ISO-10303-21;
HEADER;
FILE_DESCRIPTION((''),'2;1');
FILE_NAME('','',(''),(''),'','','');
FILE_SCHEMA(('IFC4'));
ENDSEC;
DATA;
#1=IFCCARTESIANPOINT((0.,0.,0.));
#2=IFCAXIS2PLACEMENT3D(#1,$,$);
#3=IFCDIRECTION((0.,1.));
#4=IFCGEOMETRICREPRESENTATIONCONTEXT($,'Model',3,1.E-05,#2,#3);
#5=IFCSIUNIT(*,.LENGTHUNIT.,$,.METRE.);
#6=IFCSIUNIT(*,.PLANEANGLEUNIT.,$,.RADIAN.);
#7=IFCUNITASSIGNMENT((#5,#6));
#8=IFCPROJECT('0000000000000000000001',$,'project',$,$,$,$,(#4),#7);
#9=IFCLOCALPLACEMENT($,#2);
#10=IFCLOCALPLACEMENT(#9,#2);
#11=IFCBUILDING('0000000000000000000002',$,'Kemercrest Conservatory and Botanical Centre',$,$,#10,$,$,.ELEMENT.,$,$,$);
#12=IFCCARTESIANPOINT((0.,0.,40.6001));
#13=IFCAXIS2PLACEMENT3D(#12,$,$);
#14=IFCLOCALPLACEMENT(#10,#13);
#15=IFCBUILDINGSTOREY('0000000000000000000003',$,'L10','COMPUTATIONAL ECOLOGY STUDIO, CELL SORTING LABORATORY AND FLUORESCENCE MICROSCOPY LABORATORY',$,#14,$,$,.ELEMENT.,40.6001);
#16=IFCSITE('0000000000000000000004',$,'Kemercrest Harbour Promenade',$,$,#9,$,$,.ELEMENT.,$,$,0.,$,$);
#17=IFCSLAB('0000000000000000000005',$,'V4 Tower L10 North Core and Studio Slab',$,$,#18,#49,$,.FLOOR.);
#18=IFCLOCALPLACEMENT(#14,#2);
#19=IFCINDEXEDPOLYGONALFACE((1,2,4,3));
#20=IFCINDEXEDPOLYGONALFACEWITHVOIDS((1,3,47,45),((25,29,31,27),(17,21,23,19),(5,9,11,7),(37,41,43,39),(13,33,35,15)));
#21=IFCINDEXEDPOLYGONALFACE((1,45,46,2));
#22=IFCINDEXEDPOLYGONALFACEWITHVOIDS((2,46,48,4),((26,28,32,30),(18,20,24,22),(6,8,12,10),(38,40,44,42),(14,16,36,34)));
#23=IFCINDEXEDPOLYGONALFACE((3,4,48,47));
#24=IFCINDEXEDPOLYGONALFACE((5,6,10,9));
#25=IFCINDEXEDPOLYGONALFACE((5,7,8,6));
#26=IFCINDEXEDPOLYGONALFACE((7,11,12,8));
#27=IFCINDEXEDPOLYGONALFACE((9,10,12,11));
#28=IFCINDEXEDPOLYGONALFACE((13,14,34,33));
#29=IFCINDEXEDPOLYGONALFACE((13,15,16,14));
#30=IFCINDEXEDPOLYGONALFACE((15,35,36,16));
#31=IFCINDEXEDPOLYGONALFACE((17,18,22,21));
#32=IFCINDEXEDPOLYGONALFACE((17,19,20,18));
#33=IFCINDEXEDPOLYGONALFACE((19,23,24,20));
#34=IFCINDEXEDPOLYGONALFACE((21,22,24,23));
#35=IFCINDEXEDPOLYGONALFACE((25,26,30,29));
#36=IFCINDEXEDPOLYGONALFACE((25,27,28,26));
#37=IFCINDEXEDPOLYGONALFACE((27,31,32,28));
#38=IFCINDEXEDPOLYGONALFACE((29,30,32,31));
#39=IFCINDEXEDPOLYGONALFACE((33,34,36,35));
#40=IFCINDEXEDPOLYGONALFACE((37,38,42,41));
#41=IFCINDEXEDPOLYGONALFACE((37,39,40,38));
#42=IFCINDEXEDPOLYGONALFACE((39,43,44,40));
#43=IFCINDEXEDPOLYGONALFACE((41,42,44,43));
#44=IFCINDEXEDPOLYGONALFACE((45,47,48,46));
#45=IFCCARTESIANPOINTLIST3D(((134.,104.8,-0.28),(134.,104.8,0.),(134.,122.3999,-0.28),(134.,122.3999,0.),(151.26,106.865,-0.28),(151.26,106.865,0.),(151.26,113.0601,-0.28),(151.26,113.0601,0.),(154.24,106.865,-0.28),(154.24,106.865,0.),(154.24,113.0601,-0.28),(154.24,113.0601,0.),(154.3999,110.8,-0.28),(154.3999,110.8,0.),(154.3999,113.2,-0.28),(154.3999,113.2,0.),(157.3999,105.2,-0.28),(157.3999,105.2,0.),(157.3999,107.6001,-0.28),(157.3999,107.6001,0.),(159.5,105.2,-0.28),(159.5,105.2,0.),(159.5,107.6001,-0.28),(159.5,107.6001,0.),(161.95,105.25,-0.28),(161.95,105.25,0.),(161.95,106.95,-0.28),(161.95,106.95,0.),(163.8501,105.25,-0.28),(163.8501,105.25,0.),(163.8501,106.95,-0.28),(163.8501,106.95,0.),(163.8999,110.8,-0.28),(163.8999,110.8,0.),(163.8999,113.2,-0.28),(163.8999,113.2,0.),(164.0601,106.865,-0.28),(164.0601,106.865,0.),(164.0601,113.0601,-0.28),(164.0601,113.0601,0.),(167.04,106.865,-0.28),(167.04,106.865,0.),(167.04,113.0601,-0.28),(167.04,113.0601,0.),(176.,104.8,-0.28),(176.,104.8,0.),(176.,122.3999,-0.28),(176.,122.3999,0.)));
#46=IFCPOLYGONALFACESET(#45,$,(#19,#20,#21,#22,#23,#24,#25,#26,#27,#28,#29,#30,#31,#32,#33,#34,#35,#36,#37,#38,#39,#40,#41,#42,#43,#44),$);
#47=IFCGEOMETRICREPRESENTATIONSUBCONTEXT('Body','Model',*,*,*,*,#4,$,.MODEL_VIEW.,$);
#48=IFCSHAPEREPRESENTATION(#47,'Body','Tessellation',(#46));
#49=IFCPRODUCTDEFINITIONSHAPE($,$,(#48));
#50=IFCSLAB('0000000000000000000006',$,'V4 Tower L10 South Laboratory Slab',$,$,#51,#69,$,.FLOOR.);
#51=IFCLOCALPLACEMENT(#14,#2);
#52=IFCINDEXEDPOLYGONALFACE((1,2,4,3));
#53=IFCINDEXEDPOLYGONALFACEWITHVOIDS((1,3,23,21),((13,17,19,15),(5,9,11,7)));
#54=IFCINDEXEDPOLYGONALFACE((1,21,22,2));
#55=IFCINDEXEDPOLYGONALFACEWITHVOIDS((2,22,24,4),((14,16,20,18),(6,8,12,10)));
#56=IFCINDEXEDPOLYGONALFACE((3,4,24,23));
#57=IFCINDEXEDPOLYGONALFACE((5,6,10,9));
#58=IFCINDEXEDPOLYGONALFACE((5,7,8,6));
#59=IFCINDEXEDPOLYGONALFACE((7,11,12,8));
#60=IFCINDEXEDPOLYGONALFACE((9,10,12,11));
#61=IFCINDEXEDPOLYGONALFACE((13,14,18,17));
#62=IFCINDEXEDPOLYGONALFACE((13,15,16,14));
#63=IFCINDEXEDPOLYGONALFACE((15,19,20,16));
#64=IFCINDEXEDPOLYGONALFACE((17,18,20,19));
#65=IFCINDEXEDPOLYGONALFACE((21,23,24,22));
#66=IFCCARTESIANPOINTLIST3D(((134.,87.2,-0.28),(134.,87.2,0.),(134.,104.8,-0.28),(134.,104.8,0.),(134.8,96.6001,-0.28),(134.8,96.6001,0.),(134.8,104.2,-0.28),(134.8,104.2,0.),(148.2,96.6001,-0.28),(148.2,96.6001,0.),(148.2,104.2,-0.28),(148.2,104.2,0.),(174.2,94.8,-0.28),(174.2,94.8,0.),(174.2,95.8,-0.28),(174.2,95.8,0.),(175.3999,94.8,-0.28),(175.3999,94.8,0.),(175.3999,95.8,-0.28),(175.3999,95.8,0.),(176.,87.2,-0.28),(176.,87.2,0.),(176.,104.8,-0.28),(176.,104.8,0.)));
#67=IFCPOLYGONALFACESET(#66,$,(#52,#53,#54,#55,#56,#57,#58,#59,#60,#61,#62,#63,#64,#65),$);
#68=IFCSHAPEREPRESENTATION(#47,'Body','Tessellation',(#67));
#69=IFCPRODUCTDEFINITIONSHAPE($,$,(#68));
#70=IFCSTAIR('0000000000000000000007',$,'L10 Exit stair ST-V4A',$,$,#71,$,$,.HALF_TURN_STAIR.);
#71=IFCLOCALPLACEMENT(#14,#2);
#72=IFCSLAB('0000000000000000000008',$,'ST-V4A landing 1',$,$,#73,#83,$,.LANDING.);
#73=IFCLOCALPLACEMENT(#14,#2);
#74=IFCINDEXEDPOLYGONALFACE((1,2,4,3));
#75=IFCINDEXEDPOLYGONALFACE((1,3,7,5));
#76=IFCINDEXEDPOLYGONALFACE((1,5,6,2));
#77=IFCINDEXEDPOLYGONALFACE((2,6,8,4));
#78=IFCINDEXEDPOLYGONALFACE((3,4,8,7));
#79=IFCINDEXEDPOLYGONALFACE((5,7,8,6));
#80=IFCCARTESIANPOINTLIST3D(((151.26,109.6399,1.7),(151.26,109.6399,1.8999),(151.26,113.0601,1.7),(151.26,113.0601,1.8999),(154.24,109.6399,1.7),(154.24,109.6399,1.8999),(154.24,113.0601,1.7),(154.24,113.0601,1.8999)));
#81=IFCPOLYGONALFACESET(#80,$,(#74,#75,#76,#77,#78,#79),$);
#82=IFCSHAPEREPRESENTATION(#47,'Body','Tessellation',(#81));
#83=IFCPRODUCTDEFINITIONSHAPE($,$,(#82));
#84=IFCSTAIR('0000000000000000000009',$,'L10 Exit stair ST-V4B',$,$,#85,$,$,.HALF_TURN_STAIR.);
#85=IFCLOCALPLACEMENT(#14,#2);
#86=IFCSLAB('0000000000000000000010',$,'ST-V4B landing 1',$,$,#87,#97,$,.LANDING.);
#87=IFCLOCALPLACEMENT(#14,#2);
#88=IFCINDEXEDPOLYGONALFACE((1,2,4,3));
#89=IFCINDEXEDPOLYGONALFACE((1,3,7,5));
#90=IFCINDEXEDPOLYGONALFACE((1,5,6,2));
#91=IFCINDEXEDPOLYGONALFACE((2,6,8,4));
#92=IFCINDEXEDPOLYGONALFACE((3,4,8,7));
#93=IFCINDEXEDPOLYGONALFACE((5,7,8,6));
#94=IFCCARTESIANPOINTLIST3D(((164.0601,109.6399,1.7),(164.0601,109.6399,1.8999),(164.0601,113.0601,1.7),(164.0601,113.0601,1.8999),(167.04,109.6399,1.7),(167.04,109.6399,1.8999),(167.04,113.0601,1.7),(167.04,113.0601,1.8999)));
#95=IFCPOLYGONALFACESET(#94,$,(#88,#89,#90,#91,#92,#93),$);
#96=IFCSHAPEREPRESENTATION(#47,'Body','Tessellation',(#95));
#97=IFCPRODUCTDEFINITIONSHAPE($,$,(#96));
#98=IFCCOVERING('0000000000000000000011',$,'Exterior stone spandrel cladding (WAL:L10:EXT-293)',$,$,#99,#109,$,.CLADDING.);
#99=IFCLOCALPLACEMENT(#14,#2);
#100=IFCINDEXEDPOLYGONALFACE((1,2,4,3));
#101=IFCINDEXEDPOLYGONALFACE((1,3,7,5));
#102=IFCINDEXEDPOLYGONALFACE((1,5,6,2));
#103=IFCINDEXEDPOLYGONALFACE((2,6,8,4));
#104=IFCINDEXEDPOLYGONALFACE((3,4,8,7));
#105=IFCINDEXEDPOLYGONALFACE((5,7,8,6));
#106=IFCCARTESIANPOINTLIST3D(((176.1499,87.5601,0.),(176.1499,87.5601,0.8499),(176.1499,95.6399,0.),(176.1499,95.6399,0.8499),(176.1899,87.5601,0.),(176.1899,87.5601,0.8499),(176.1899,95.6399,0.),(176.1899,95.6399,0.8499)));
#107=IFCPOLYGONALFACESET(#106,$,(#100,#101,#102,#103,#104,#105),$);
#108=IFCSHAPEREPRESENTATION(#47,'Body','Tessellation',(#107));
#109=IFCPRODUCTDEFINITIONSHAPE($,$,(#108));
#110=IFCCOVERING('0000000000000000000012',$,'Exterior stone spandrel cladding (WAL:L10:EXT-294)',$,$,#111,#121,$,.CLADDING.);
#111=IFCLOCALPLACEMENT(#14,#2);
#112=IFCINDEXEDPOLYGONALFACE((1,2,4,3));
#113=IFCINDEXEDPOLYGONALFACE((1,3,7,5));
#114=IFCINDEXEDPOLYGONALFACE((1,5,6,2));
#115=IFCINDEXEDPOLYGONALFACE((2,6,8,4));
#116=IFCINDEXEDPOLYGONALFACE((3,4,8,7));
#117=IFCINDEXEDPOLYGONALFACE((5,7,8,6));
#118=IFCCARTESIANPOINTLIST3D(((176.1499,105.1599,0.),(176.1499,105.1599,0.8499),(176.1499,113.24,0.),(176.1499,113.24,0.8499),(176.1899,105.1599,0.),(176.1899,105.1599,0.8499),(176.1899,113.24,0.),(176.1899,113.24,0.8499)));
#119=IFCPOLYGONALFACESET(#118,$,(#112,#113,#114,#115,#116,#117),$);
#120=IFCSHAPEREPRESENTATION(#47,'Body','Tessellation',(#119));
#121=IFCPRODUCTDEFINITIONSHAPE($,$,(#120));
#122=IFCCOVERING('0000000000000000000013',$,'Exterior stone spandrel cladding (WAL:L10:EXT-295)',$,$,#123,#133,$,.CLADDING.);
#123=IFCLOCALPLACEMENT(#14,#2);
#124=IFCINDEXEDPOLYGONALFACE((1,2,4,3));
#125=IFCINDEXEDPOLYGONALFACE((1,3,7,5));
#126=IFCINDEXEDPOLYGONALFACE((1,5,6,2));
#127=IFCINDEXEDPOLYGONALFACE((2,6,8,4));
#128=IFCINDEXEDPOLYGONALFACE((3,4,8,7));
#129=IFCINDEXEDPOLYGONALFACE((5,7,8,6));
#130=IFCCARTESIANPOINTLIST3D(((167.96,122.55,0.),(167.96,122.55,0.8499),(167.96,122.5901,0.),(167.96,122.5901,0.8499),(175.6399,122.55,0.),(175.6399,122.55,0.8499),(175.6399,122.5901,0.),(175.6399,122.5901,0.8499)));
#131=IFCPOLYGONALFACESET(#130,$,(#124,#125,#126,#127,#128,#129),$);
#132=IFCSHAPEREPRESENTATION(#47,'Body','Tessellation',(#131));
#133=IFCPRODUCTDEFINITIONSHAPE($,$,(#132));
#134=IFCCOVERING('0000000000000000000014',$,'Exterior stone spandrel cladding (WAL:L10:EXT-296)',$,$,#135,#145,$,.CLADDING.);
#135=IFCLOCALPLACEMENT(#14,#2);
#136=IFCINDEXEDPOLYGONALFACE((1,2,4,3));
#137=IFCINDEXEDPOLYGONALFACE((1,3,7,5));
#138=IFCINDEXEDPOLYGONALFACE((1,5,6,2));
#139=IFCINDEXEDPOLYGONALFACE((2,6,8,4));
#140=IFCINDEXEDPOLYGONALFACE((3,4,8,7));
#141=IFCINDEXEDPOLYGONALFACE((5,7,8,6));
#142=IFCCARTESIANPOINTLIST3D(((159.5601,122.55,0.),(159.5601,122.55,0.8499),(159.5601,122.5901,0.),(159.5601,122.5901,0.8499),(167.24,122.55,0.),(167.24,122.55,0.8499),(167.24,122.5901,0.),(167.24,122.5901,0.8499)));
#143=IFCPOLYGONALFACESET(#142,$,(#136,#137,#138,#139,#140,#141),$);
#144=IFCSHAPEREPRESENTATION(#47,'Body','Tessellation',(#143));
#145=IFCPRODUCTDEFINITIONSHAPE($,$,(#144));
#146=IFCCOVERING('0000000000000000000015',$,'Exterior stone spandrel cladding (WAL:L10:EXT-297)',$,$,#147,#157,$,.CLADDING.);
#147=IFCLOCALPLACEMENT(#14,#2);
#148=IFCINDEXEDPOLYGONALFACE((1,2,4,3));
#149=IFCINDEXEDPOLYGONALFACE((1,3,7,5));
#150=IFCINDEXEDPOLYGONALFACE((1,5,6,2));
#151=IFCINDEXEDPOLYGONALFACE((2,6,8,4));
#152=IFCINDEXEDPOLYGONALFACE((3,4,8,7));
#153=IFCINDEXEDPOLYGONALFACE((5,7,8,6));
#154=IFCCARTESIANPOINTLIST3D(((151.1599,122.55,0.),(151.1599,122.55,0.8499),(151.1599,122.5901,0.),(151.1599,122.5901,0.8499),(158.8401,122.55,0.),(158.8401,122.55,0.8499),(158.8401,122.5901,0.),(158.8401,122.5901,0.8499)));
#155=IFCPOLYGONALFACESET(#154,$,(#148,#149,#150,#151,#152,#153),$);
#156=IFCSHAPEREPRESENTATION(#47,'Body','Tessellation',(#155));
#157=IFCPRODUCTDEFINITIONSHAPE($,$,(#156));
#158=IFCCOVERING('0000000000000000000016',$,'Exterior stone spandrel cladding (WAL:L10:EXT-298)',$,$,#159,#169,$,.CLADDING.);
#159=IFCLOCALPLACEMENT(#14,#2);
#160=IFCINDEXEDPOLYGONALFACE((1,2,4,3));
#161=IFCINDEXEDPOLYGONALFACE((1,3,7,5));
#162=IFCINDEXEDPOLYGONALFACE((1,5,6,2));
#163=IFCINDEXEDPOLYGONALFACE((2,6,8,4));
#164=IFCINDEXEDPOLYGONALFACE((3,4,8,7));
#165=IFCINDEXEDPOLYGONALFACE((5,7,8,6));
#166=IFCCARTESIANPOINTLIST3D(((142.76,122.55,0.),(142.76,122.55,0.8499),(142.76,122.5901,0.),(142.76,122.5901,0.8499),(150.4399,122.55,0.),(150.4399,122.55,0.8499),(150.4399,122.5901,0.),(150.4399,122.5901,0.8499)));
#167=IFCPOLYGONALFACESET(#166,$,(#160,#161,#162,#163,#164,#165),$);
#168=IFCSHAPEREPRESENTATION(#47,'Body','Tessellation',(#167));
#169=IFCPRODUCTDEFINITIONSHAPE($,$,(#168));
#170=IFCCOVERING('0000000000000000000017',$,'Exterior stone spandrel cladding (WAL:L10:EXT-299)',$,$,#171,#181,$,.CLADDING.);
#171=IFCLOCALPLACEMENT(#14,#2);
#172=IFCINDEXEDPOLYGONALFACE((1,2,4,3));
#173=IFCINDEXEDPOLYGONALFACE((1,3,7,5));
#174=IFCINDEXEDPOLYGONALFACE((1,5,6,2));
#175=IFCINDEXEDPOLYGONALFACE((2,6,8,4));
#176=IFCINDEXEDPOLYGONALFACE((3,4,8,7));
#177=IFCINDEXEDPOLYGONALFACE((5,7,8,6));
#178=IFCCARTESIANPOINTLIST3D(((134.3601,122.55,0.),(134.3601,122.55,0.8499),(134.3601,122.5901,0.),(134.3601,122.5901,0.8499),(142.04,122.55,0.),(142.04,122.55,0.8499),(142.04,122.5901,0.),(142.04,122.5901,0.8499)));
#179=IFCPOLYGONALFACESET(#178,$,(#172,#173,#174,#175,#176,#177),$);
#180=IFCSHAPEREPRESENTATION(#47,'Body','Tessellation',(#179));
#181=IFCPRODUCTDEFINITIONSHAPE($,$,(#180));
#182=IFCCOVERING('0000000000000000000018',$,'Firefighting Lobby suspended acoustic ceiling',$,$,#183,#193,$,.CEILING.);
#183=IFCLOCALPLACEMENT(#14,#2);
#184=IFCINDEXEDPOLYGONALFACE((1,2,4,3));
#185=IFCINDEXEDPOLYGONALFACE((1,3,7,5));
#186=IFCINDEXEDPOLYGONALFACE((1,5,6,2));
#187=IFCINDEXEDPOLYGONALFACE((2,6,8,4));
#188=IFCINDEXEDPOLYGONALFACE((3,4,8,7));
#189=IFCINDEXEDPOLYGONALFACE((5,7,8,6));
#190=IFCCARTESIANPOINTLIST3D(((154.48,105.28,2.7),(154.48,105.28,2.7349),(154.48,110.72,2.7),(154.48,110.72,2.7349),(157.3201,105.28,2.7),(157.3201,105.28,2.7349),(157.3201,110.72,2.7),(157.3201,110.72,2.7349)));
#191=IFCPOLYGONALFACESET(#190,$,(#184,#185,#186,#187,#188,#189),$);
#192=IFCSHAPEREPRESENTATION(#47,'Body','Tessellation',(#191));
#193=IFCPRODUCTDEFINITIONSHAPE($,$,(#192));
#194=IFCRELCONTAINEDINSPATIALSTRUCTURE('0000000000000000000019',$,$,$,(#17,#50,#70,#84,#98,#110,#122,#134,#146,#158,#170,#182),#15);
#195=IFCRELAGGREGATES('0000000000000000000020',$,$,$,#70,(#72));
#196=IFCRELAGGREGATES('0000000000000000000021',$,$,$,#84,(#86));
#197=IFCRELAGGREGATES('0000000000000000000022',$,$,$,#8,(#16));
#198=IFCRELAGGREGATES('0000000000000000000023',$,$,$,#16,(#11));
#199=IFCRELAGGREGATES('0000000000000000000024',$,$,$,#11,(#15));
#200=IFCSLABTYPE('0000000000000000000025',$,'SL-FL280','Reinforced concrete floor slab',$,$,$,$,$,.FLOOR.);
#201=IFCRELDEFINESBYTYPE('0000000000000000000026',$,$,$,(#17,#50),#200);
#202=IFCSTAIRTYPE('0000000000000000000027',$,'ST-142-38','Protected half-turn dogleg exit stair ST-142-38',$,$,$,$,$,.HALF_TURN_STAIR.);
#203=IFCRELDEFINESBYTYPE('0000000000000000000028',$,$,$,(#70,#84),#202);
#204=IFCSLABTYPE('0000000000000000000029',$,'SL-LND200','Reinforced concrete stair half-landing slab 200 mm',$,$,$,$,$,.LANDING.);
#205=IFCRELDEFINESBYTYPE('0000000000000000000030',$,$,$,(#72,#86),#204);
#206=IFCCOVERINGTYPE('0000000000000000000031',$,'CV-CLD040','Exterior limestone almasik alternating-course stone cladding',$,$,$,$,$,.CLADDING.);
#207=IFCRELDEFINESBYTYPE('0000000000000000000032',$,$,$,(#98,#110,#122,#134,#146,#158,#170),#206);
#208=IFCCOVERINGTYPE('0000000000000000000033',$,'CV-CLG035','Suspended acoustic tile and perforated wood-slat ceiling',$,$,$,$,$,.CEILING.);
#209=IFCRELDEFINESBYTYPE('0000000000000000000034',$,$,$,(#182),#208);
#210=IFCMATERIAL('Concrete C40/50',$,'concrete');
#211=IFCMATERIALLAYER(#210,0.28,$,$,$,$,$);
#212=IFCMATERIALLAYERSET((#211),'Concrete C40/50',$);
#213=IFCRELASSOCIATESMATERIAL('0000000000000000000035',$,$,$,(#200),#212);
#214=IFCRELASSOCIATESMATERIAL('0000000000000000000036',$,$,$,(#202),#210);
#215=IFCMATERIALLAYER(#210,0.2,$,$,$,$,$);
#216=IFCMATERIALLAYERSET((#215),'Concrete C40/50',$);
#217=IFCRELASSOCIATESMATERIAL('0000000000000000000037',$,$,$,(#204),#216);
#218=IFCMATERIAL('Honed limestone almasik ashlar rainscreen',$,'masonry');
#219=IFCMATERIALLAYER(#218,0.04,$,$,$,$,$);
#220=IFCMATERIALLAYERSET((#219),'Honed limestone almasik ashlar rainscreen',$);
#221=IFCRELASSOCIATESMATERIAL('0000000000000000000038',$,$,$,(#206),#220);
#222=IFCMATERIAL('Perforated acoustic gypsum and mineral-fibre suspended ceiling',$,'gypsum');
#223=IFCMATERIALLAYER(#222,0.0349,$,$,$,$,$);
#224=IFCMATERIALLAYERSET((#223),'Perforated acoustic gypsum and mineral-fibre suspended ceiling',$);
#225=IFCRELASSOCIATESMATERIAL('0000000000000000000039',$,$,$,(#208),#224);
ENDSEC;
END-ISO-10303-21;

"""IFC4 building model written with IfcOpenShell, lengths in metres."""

from ifc_helpers import new_model, si_unit, direction, frame, origin, place, context, subcontext, project, spatial, polyline, outline, extrude, material, layer, layer_set, type_object, element, aggregate, save


model = new_model("IFC4")

# Units and contexts
model_context = context("Model", 3, precision=1e-05, world=origin(), true_north=direction((0.0, 1.0)))
body_context = subcontext(model_context, "Body", "Model", "MODEL_VIEW")
ifc_project = project(units=[si_unit("LENGTHUNIT", "METRE"), si_unit("PLANEANGLEUNIT", "RADIAN")], contexts=[model_context])

# Site, building, storey
site_placement = place(None, origin())
site = spatial("IfcSite", under=ifc_project, at=site_placement, Name="Kemercrest Harbour Promenade", CompositionType="ELEMENT", RefElevation=0.0)
building_placement = place(site_placement, origin())
building = spatial("IfcBuilding", under=site, at=building_placement, Name="Kemercrest Conservatory and Botanical Centre", CompositionType="ELEMENT")
storey_placement = place(building_placement, frame((0.0, 0.0, 40.6001)))
storey = spatial("IfcBuildingStorey", under=building, at=storey_placement, Name="L10", Description="COMPUTATIONAL ECOLOGY STUDIO, CELL SORTING LABORATORY AND FLUORESCENCE MICROSCOPY LABORATORY", CompositionType="ELEMENT", Elevation=40.6001)

# Slabs
ifc_material_1 = material(Name="Concrete C40/50", Category="concrete")
ifc_layer_1 = layer(ifc_material_1, 0.28)
ifc_layer_set_1 = layer_set([ifc_layer_1], Name="Concrete C40/50")
slab_type_1 = type_object("IfcSlabType", Name="SL-FL280", Description="Reinforced concrete floor slab", PredefinedType="FLOOR", material=ifc_layer_set_1)
slab_1_placement = place(storey_placement, frame((0.0, 0.0, -0.28)))
element("IfcSlab", 1, at=slab_1_placement, inside=storey, type_object=slab_type_1, Name="V4 Tower L10 North Core and Studio Slab", PredefinedType="FLOOR", context=body_context, shape_type="SweptSolid", body=[
    extrude(outline(polyline([(134.0, 122.3999), (134.0, 104.8), (176.0, 104.8), (176.0, 122.3999), (134.0, 122.3999)]), holes=[polyline([(164.0601, 106.865), (164.0601, 113.0601), (167.04, 113.0601), (167.04, 106.865), (164.0601, 106.865)]), polyline([(154.3999, 110.8), (154.3999, 113.2), (163.8999, 113.2), (163.8999, 110.8), (154.3999, 110.8)]), polyline([(161.95, 105.25), (161.95, 106.95), (163.8501, 106.95), (163.8501, 105.25), (161.95, 105.25)]), polyline([(157.3999, 105.2), (157.3999, 107.6001), (159.5, 107.6001), (159.5, 105.2), (157.3999, 105.2)]), polyline([(154.24, 106.865), (151.26, 106.865), (151.26, 113.0601), (154.24, 113.0601), (154.24, 106.865)])]), origin(), (0.0, 0.0, 1.0), 0.28),
])
slab_2_placement = place(storey_placement, frame((0.0, 0.0, -0.28)))
element("IfcSlab", 2, at=slab_2_placement, inside=storey, type_object=slab_type_1, Name="V4 Tower L10 South Laboratory Slab", PredefinedType="FLOOR", context=body_context, shape_type="SweptSolid", body=[
    extrude(outline(polyline([(134.0, 104.8), (134.0, 87.2), (176.0, 87.2), (176.0, 104.8), (134.0, 104.8)]), holes=[polyline([(174.2, 95.8), (175.3999, 95.8), (175.3999, 94.8), (174.2, 94.8), (174.2, 95.8)]), polyline([(134.8, 104.2), (148.2, 104.2), (148.2, 96.6001), (134.8, 96.6001), (134.8, 104.2)])]), origin(), (0.0, 0.0, 1.0), 0.28),
])

# Stairs, slabs
stair_type = type_object("IfcStairType", Name="ST-142-38", Description="Protected half-turn dogleg exit stair ST-142-38", PredefinedType="HALF_TURN_STAIR", material=ifc_material_1)
stair_1_placement = place(storey_placement, origin())
stair_1 = element("IfcStair", 3, at=stair_1_placement, inside=storey, type_object=stair_type, Name="L10 Exit stair ST-V4A", PredefinedType="HALF_TURN_STAIR")
ifc_layer_2 = layer(ifc_material_1, 0.2)
ifc_layer_set_2 = layer_set([ifc_layer_2], Name="Concrete C40/50")
slab_type_2 = type_object("IfcSlabType", Name="SL-LND200", Description="Reinforced concrete stair half-landing slab 200 mm", PredefinedType="LANDING", material=ifc_layer_set_2)
slab_3_placement = place(storey_placement, frame((0.0, 0.0, 1.7)))
slab_3 = element("IfcSlab", 4, at=slab_3_placement, type_object=slab_type_2, Name="ST-V4A landing 1", PredefinedType="LANDING", context=body_context, shape_type="SweptSolid", body=[
    extrude(outline(polyline([(154.24, 109.6399), (154.24, 113.0601), (151.26, 113.0601), (151.26, 109.6399), (154.24, 109.6399)])), origin(), (0.0, 0.0, 1.0), 0.2),
])
aggregate(stair_1, [slab_3])
stair_2_placement = place(storey_placement, origin())
stair_2 = element("IfcStair", 5, at=stair_2_placement, inside=storey, type_object=stair_type, Name="L10 Exit stair ST-V4B", PredefinedType="HALF_TURN_STAIR")
slab_4_placement = place(storey_placement, frame((0.0, 0.0, 1.7)))
slab_4 = element("IfcSlab", 6, at=slab_4_placement, type_object=slab_type_2, Name="ST-V4B landing 1", PredefinedType="LANDING", context=body_context, shape_type="SweptSolid", body=[
    extrude(outline(polyline([(167.04, 109.6399), (167.04, 113.0601), (164.0601, 113.0601), (164.0601, 109.6399), (167.04, 109.6399)])), origin(), (0.0, 0.0, 1.0), 0.2),
])
aggregate(stair_2, [slab_4])

# Coverings
ifc_material_2 = material(Name="Honed limestone almasik ashlar rainscreen", Category="masonry")
ifc_layer_3 = layer(ifc_material_2, 0.04)
ifc_layer_set_3 = layer_set([ifc_layer_3], Name="Honed limestone almasik ashlar rainscreen")
covering_type_1 = type_object("IfcCoveringType", Name="CV-CLD040", Description="Exterior limestone almasik alternating-course stone cladding", PredefinedType="CLADDING", material=ifc_layer_set_3)
covering_1_placement = place(storey_placement, origin())
element("IfcCovering", 7, at=covering_1_placement, inside=storey, type_object=covering_type_1, Name="Exterior stone spandrel cladding (WAL:L10:EXT-293)", PredefinedType="CLADDING", context=body_context, shape_type="SweptSolid", body=[
    extrude(outline(polyline([(176.1499, 87.5601), (176.1899, 87.5601), (176.1899, 95.6399), (176.1499, 95.6399), (176.1499, 87.5601)])), origin(), (0.0, 0.0, 1.0), 0.8499),
])
covering_2_placement = place(storey_placement, origin())
element("IfcCovering", 8, at=covering_2_placement, inside=storey, type_object=covering_type_1, Name="Exterior stone spandrel cladding (WAL:L10:EXT-294)", PredefinedType="CLADDING", context=body_context, shape_type="SweptSolid", body=[
    extrude(outline(polyline([(176.1499, 105.1599), (176.1899, 105.1599), (176.1899, 113.24), (176.1499, 113.24), (176.1499, 105.1599)])), origin(), (0.0, 0.0, 1.0), 0.8499),
])
covering_3_placement = place(storey_placement, origin())
element("IfcCovering", 9, at=covering_3_placement, inside=storey, type_object=covering_type_1, Name="Exterior stone spandrel cladding (WAL:L10:EXT-295)", PredefinedType="CLADDING", context=body_context, shape_type="SweptSolid", body=[
    extrude(outline(polyline([(175.6399, 122.55), (175.6399, 122.5901), (167.96, 122.5901), (167.96, 122.55), (175.6399, 122.55)])), origin(), (0.0, 0.0, 1.0), 0.8499),
])
covering_4_placement = place(storey_placement, origin())
element("IfcCovering", 10, at=covering_4_placement, inside=storey, type_object=covering_type_1, Name="Exterior stone spandrel cladding (WAL:L10:EXT-296)", PredefinedType="CLADDING", context=body_context, shape_type="SweptSolid", body=[
    extrude(outline(polyline([(167.24, 122.55), (167.24, 122.5901), (159.5601, 122.5901), (159.5601, 122.55), (167.24, 122.55)])), origin(), (0.0, 0.0, 1.0), 0.8499),
])
covering_5_placement = place(storey_placement, origin())
element("IfcCovering", 11, at=covering_5_placement, inside=storey, type_object=covering_type_1, Name="Exterior stone spandrel cladding (WAL:L10:EXT-297)", PredefinedType="CLADDING", context=body_context, shape_type="SweptSolid", body=[
    extrude(outline(polyline([(158.8401, 122.55), (158.8401, 122.5901), (151.1599, 122.5901), (151.1599, 122.55), (158.8401, 122.55)])), origin(), (0.0, 0.0, 1.0), 0.8499),
])
covering_6_placement = place(storey_placement, origin())
element("IfcCovering", 12, at=covering_6_placement, inside=storey, type_object=covering_type_1, Name="Exterior stone spandrel cladding (WAL:L10:EXT-298)", PredefinedType="CLADDING", context=body_context, shape_type="SweptSolid", body=[
    extrude(outline(polyline([(150.4399, 122.55), (150.4399, 122.5901), (142.76, 122.5901), (142.76, 122.55), (150.4399, 122.55)])), origin(), (0.0, 0.0, 1.0), 0.8499),
])
covering_7_placement = place(storey_placement, origin())
element("IfcCovering", 13, at=covering_7_placement, inside=storey, type_object=covering_type_1, Name="Exterior stone spandrel cladding (WAL:L10:EXT-299)", PredefinedType="CLADDING", context=body_context, shape_type="SweptSolid", body=[
    extrude(outline(polyline([(142.04, 122.55), (142.04, 122.5901), (134.3601, 122.5901), (134.3601, 122.55), (142.04, 122.55)])), origin(), (0.0, 0.0, 1.0), 0.8499),
])
ifc_material_3 = material(Name="Perforated acoustic gypsum and mineral-fibre suspended ceiling", Category="gypsum")
ifc_layer_4 = layer(ifc_material_3, 0.0349)
ifc_layer_set_4 = layer_set([ifc_layer_4], Name="Perforated acoustic gypsum and mineral-fibre suspended ceiling")
covering_type_2 = type_object("IfcCoveringType", Name="CV-CLG035", Description="Suspended acoustic tile and perforated wood-slat ceiling", PredefinedType="CEILING", material=ifc_layer_set_4)
covering_8_placement = place(storey_placement, frame((0.0, 0.0, 2.7)))
element("IfcCovering", 14, at=covering_8_placement, inside=storey, type_object=covering_type_2, Name="Firefighting Lobby suspended acoustic ceiling", PredefinedType="CEILING", context=body_context, shape_type="SweptSolid", body=[
    extrude(outline(polyline([(154.48, 105.28), (157.3201, 105.28), (157.3201, 110.72), (154.48, 110.72), (154.48, 105.28)])), origin(), (0.0, 0.0, 1.0), 0.0349),
])

save(model, "model.ifc")
